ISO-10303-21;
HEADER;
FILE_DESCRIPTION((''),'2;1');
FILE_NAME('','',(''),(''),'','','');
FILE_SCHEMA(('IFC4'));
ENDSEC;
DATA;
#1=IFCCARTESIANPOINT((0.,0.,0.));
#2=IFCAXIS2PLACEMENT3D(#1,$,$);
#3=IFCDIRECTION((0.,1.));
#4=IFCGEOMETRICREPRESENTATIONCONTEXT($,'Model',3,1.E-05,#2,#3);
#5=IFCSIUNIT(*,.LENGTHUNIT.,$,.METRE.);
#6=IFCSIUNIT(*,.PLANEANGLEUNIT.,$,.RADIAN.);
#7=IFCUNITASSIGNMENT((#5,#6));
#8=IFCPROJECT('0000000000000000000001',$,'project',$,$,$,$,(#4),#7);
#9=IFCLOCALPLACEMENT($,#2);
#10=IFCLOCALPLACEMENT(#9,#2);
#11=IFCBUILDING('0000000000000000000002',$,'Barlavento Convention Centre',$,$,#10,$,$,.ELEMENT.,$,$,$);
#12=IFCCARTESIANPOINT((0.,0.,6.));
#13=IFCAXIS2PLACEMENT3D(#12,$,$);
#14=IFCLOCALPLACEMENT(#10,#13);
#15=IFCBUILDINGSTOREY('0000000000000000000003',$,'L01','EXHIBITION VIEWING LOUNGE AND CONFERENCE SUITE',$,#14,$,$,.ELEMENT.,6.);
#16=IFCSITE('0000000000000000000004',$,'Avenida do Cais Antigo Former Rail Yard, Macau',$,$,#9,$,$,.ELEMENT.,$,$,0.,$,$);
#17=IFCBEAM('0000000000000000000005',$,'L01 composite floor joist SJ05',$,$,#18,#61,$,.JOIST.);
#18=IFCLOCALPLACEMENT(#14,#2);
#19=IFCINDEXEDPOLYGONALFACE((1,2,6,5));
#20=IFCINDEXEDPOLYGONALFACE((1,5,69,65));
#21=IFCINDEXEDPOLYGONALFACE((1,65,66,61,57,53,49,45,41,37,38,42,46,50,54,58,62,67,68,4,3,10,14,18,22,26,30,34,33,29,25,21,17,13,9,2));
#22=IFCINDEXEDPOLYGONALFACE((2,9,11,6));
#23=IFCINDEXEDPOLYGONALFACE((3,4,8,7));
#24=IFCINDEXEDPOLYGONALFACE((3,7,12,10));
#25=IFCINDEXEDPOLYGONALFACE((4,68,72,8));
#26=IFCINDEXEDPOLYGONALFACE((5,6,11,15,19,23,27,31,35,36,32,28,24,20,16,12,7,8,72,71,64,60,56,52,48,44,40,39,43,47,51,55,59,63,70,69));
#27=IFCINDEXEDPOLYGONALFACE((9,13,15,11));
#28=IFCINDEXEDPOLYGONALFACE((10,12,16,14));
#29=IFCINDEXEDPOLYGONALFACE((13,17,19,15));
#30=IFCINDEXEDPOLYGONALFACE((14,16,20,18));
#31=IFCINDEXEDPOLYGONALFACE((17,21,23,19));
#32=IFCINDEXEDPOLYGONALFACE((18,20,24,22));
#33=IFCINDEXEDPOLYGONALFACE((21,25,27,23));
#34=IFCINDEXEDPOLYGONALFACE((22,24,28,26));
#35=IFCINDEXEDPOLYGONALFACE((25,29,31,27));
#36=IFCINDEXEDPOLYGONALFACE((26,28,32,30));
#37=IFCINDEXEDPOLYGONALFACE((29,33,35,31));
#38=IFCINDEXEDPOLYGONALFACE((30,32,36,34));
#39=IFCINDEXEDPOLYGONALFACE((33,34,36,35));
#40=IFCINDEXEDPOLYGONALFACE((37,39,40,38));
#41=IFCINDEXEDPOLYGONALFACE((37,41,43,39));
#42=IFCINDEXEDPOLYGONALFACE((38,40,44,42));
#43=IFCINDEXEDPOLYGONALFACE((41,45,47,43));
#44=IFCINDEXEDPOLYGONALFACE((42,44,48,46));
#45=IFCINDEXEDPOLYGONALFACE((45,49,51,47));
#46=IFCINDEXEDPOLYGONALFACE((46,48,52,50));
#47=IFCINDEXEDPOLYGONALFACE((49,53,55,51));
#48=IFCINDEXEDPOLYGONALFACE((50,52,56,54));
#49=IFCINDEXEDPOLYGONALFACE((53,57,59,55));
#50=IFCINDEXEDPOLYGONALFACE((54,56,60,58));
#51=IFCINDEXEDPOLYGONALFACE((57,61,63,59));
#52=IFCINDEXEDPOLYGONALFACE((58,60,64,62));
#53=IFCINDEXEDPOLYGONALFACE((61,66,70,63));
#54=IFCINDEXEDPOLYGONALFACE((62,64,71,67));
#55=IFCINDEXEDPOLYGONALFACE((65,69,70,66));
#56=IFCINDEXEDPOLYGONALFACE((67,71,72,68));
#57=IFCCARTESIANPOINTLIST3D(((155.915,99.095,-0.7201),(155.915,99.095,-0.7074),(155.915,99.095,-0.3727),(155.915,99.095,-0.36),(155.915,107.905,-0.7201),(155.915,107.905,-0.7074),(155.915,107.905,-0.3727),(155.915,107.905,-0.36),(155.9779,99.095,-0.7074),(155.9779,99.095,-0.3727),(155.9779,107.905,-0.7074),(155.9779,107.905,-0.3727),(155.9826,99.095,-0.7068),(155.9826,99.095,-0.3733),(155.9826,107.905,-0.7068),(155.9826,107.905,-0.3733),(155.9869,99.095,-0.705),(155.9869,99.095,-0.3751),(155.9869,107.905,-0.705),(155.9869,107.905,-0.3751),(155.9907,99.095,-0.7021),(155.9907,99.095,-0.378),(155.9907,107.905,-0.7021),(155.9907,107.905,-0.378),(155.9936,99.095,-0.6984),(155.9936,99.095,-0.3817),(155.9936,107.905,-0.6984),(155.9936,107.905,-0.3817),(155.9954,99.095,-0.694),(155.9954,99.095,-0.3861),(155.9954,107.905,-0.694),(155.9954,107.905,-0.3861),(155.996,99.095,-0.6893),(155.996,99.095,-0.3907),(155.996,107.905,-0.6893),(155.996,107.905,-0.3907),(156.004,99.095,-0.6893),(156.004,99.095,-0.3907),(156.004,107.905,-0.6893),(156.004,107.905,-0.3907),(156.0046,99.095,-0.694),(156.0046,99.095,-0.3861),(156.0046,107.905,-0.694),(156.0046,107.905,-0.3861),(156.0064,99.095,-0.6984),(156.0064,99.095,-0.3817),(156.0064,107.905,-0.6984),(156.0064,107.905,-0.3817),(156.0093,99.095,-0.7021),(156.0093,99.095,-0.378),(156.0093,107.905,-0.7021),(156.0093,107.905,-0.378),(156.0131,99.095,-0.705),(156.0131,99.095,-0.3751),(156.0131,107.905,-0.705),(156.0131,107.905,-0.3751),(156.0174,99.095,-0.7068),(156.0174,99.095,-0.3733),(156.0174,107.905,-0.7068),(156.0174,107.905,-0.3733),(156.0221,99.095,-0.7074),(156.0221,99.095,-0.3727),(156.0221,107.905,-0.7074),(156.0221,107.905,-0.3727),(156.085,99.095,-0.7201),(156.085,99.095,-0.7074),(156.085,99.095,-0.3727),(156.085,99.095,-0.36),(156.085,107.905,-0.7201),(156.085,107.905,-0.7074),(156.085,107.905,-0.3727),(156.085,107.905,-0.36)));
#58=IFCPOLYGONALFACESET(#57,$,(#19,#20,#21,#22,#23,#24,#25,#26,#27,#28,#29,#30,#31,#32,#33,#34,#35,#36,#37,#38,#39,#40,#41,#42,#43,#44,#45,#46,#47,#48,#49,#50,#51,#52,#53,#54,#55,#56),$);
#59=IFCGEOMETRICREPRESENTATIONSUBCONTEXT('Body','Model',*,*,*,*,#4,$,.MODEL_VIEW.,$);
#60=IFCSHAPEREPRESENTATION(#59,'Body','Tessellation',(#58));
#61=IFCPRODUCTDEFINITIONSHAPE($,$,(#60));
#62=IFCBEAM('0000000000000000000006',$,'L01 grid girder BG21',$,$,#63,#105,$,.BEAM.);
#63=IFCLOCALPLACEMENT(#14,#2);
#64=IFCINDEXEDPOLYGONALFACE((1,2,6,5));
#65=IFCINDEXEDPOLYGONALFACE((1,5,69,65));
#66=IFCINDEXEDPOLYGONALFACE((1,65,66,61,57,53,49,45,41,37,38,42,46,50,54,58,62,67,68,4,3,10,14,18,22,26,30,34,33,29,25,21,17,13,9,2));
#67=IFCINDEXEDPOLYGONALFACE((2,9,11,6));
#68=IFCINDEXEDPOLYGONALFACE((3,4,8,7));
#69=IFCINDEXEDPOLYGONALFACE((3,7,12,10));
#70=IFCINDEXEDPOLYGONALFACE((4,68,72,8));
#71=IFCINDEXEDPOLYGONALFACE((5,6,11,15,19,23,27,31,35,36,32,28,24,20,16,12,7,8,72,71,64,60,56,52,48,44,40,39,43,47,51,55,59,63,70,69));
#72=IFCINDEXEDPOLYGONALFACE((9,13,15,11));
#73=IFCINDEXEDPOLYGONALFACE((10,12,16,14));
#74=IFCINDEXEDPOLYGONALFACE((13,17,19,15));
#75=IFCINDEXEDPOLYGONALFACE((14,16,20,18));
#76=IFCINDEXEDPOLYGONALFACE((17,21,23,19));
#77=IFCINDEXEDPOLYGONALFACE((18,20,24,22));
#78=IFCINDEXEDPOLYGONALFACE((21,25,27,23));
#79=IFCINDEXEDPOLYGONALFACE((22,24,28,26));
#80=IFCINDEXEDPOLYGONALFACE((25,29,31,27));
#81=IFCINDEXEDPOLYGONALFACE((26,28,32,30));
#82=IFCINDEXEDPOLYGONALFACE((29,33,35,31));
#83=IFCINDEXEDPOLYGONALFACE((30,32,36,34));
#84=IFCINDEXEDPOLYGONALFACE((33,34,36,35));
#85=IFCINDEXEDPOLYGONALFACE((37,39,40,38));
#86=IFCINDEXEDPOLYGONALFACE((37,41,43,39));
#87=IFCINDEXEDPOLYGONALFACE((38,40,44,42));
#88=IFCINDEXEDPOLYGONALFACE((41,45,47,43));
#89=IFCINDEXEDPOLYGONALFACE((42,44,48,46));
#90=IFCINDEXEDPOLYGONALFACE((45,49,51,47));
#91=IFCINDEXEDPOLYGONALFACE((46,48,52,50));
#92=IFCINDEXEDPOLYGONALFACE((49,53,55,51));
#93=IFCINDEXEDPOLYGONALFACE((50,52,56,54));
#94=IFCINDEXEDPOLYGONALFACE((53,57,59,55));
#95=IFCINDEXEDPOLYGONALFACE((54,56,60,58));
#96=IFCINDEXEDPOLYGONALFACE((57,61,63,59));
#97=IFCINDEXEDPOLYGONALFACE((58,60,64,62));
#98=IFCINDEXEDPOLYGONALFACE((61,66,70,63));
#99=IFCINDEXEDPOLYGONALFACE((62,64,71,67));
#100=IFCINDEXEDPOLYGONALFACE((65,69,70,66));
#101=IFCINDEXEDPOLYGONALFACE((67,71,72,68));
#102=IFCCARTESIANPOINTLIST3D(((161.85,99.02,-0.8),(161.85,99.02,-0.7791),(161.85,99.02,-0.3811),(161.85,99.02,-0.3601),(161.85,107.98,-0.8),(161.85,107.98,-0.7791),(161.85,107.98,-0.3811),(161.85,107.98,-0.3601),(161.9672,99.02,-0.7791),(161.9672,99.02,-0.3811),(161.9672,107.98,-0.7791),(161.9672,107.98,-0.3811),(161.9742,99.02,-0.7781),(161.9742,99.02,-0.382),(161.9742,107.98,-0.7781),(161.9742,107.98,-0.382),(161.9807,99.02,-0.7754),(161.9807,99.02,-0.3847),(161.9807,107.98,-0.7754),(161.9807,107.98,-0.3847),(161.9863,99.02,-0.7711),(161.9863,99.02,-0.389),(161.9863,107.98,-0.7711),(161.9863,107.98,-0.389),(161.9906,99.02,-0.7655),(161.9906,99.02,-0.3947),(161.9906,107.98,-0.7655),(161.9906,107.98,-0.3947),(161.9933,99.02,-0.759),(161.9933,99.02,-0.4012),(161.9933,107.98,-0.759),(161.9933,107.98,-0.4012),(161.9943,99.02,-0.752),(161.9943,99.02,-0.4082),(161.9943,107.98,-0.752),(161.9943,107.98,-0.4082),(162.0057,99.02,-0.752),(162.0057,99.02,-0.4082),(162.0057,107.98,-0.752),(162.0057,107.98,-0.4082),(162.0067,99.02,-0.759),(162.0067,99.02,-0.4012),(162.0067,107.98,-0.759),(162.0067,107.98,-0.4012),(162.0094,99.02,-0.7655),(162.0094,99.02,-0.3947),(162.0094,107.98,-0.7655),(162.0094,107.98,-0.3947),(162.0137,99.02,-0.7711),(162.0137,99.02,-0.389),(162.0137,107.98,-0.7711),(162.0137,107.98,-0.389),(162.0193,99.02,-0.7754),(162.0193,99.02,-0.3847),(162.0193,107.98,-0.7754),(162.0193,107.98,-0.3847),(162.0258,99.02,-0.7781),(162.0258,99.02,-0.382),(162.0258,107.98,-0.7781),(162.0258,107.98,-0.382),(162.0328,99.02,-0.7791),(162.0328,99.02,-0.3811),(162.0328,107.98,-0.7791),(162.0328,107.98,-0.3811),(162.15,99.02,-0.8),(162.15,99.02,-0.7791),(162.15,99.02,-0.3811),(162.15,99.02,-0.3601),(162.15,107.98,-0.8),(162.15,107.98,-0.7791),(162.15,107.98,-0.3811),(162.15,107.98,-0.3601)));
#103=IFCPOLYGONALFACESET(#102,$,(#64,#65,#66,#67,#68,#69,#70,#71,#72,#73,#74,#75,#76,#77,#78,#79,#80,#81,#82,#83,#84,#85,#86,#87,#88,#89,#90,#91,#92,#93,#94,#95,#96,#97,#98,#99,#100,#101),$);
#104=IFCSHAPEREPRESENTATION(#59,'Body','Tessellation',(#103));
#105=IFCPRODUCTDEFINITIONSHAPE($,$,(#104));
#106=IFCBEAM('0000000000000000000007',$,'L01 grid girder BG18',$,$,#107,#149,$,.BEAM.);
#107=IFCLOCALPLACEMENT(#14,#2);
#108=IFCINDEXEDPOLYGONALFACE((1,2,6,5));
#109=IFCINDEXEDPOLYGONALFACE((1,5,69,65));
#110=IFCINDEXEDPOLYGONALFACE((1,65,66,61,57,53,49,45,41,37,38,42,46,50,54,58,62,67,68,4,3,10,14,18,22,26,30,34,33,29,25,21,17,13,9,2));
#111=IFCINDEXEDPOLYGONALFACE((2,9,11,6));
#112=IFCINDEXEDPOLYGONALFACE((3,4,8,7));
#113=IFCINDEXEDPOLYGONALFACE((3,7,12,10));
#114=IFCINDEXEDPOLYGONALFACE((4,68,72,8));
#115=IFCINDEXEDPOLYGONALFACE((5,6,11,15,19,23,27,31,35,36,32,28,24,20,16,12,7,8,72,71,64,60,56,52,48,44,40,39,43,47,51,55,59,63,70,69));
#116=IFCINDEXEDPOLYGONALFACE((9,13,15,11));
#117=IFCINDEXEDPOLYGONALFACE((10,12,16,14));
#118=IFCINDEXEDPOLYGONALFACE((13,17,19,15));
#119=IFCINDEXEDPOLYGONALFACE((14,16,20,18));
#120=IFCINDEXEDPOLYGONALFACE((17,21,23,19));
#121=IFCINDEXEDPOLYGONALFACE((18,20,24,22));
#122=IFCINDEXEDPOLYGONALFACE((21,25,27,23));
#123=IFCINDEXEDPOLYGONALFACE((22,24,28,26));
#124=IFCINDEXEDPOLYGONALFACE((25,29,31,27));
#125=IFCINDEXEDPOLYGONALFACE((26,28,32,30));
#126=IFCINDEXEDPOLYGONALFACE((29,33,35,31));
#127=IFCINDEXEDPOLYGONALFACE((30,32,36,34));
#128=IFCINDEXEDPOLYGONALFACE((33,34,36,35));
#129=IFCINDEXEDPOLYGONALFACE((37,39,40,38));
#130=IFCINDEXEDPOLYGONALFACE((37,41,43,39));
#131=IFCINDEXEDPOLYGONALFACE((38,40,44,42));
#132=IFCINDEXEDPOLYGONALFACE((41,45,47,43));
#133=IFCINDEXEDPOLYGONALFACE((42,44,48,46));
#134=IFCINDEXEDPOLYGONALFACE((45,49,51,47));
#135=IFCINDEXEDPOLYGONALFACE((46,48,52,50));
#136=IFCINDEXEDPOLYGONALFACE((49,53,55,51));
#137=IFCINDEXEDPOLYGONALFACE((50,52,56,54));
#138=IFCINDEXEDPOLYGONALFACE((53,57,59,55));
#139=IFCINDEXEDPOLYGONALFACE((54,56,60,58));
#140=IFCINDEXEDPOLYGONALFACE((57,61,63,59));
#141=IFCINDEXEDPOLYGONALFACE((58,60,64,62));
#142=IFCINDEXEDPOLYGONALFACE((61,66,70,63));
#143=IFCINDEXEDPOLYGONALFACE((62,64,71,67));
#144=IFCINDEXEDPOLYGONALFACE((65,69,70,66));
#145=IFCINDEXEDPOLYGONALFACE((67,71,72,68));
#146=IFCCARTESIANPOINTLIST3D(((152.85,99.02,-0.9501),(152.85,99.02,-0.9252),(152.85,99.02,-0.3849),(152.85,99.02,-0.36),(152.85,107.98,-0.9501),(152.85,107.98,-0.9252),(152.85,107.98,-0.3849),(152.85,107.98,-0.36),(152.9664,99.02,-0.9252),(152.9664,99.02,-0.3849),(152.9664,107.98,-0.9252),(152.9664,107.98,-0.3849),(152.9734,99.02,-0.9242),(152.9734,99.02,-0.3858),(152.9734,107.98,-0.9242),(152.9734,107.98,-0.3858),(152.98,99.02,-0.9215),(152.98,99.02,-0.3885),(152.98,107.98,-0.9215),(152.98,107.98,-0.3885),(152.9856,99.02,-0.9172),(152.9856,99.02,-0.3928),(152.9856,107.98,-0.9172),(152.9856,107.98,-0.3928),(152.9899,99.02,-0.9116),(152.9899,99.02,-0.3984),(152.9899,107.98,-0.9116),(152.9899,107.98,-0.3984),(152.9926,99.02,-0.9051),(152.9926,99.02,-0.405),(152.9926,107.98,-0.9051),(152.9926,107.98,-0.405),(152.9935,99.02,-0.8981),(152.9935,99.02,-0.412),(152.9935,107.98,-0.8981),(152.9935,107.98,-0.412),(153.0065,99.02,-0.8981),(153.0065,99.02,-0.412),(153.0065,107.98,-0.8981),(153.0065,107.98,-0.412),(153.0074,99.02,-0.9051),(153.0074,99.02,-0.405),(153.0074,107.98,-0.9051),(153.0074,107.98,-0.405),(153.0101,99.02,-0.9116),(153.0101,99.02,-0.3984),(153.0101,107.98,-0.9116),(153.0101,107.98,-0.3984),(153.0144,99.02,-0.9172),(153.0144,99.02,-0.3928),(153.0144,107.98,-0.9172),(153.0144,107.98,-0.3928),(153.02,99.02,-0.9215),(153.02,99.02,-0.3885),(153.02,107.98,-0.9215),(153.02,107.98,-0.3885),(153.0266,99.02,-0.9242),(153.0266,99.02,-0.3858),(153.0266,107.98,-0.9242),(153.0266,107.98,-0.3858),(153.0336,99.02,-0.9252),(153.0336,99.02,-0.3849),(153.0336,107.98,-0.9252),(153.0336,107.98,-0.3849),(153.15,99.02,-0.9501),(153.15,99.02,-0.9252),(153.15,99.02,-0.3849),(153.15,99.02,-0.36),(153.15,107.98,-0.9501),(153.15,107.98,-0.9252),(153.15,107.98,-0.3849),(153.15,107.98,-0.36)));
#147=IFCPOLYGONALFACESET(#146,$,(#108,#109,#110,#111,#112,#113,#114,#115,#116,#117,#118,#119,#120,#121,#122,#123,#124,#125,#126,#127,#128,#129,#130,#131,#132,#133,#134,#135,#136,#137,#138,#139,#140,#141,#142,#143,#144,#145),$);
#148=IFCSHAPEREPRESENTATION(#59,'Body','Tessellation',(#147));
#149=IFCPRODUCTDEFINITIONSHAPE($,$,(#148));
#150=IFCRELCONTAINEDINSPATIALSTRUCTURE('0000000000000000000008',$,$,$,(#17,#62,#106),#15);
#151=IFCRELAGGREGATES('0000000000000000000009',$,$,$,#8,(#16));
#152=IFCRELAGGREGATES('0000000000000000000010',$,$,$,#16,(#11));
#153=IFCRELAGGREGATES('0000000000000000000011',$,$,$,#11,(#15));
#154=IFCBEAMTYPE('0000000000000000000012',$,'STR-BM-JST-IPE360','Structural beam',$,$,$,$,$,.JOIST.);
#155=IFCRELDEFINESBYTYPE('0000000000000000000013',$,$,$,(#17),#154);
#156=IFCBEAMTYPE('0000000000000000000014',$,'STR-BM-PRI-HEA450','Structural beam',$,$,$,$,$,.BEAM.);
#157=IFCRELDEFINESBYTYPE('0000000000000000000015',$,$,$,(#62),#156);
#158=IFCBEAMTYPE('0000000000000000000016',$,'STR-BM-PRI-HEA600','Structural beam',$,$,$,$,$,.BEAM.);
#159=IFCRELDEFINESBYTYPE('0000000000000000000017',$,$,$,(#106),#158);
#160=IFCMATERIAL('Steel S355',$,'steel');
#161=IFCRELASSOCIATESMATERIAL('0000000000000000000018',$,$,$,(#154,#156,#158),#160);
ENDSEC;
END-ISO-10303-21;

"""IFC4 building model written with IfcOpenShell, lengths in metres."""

from ifc_helpers import new_model, si_unit, direction, frame, origin, origin_2d, place, context, subcontext, project, spatial, i_section, extrude, material, material_profile, profile_set, type_object, element, save


model = new_model("IFC4")

# Units and contexts
model_context = context("Model", 3, precision=1e-05, world=origin(), true_north=direction((0.0, 1.0)))
body_context = subcontext(model_context, "Body", "Model", "MODEL_VIEW")
ifc_project = project(units=[si_unit("LENGTHUNIT", "METRE"), si_unit("PLANEANGLEUNIT", "RADIAN")], contexts=[model_context])

# Site, building, storey
site_placement = place(None, origin())
site = spatial("IfcSite", under=ifc_project, at=site_placement, Name="Avenida do Cais Antigo Former Rail Yard, Macau", CompositionType="ELEMENT", RefElevation=0.0)
building_placement = place(site_placement, origin())
building = spatial("IfcBuilding", under=site, at=building_placement, Name="Barlavento Convention Centre", CompositionType="ELEMENT")
storey_placement = place(building_placement, frame((0.0, 0.0, 6.0)))
storey = spatial("IfcBuildingStorey", under=building, at=storey_placement, Name="L01", Description="EXHIBITION VIEWING LOUNGE AND CONFERENCE SUITE", CompositionType="ELEMENT", Elevation=6.0)

# Shared definitions
ifc_material_1 = material(Name="Steel S355", Category="steel")

# Beams
ifc_material_profile_1 = material_profile(ifc_material_1, i_section(OverallWidth=0.1699, OverallDepth=0.3601, WebThickness=0.0081, FlangeThickness=0.0127, FilletRadius=0.0181, at=origin_2d()), Name="IPE 360")
ifc_profile_set_1 = profile_set([ifc_material_profile_1], Name="Steel S355")
beam_type_1 = type_object("IfcBeamType", Name="STR-BM-JST-IPE360", Description="Structural beam", PredefinedType="JOIST", material=ifc_profile_set_1)
beam_1_placement = place(storey_placement, frame((156.0, 99.095, -0.54), z_axis=(0.0, 1.0, 0.0), x_axis=(-1.0, 0.0, 0.0)))
element("IfcBeam", 1, at=beam_1_placement, inside=storey, type_object=beam_type_1, Name="L01 composite floor joist SJ05", PredefinedType="JOIST", context=body_context, shape_type="SweptSolid", body=[
    extrude(i_section(OverallWidth=0.1699, OverallDepth=0.3601, WebThickness=0.0081, FlangeThickness=0.0127, FilletRadius=0.0181, at=origin_2d()), origin(), (0.0, 0.0, 1.0), 8.8101),
])
ifc_material_profile_2 = material_profile(ifc_material_1, i_section(OverallWidth=0.3, OverallDepth=0.4399, WebThickness=0.0115, FlangeThickness=0.021, FilletRadius=0.0271, at=origin_2d()), Name="HEA 450")
ifc_profile_set_2 = profile_set([ifc_material_profile_2], Name="Steel S355")
beam_type_2 = type_object("IfcBeamType", Name="STR-BM-PRI-HEA450", Description="Structural beam", PredefinedType="BEAM", material=ifc_profile_set_2)
beam_2_placement = place(storey_placement, frame((162.0, 99.02, -0.5801), z_axis=(0.0, 1.0, 0.0), x_axis=(-1.0, 0.0, 0.0)))
element("IfcBeam", 2, at=beam_2_placement, inside=storey, type_object=beam_type_2, Name="L01 grid girder BG21", PredefinedType="BEAM", context=body_context, shape_type="SweptSolid", body=[
    extrude(i_section(OverallWidth=0.3, OverallDepth=0.4399, WebThickness=0.0115, FlangeThickness=0.021, FilletRadius=0.0271, at=origin_2d()), origin(), (0.0, 0.0, 1.0), 8.96),
])
ifc_material_profile_3 = material_profile(ifc_material_1, i_section(OverallWidth=0.3, OverallDepth=0.5901, WebThickness=0.0129, FlangeThickness=0.0249, FilletRadius=0.0271, at=origin_2d()), Name="HEA 600")
ifc_profile_set_3 = profile_set([ifc_material_profile_3], Name="Steel S355")
beam_type_3 = type_object("IfcBeamType", Name="STR-BM-PRI-HEA600", Description="Structural beam", PredefinedType="BEAM", material=ifc_profile_set_3)
beam_3_placement = place(storey_placement, frame((153.0, 99.02, -0.655), z_axis=(0.0, 1.0, 0.0), x_axis=(-1.0, 0.0, 0.0)))
element("IfcBeam", 3, at=beam_3_placement, inside=storey, type_object=beam_type_3, Name="L01 grid girder BG18", PredefinedType="BEAM", context=body_context, shape_type="SweptSolid", body=[
    extrude(i_section(OverallWidth=0.3, OverallDepth=0.5901, WebThickness=0.0129, FlangeThickness=0.0249, FilletRadius=0.0271, at=origin_2d()), origin(), (0.0, 0.0, 1.0), 8.96),
])

save(model, "model.ifc")
